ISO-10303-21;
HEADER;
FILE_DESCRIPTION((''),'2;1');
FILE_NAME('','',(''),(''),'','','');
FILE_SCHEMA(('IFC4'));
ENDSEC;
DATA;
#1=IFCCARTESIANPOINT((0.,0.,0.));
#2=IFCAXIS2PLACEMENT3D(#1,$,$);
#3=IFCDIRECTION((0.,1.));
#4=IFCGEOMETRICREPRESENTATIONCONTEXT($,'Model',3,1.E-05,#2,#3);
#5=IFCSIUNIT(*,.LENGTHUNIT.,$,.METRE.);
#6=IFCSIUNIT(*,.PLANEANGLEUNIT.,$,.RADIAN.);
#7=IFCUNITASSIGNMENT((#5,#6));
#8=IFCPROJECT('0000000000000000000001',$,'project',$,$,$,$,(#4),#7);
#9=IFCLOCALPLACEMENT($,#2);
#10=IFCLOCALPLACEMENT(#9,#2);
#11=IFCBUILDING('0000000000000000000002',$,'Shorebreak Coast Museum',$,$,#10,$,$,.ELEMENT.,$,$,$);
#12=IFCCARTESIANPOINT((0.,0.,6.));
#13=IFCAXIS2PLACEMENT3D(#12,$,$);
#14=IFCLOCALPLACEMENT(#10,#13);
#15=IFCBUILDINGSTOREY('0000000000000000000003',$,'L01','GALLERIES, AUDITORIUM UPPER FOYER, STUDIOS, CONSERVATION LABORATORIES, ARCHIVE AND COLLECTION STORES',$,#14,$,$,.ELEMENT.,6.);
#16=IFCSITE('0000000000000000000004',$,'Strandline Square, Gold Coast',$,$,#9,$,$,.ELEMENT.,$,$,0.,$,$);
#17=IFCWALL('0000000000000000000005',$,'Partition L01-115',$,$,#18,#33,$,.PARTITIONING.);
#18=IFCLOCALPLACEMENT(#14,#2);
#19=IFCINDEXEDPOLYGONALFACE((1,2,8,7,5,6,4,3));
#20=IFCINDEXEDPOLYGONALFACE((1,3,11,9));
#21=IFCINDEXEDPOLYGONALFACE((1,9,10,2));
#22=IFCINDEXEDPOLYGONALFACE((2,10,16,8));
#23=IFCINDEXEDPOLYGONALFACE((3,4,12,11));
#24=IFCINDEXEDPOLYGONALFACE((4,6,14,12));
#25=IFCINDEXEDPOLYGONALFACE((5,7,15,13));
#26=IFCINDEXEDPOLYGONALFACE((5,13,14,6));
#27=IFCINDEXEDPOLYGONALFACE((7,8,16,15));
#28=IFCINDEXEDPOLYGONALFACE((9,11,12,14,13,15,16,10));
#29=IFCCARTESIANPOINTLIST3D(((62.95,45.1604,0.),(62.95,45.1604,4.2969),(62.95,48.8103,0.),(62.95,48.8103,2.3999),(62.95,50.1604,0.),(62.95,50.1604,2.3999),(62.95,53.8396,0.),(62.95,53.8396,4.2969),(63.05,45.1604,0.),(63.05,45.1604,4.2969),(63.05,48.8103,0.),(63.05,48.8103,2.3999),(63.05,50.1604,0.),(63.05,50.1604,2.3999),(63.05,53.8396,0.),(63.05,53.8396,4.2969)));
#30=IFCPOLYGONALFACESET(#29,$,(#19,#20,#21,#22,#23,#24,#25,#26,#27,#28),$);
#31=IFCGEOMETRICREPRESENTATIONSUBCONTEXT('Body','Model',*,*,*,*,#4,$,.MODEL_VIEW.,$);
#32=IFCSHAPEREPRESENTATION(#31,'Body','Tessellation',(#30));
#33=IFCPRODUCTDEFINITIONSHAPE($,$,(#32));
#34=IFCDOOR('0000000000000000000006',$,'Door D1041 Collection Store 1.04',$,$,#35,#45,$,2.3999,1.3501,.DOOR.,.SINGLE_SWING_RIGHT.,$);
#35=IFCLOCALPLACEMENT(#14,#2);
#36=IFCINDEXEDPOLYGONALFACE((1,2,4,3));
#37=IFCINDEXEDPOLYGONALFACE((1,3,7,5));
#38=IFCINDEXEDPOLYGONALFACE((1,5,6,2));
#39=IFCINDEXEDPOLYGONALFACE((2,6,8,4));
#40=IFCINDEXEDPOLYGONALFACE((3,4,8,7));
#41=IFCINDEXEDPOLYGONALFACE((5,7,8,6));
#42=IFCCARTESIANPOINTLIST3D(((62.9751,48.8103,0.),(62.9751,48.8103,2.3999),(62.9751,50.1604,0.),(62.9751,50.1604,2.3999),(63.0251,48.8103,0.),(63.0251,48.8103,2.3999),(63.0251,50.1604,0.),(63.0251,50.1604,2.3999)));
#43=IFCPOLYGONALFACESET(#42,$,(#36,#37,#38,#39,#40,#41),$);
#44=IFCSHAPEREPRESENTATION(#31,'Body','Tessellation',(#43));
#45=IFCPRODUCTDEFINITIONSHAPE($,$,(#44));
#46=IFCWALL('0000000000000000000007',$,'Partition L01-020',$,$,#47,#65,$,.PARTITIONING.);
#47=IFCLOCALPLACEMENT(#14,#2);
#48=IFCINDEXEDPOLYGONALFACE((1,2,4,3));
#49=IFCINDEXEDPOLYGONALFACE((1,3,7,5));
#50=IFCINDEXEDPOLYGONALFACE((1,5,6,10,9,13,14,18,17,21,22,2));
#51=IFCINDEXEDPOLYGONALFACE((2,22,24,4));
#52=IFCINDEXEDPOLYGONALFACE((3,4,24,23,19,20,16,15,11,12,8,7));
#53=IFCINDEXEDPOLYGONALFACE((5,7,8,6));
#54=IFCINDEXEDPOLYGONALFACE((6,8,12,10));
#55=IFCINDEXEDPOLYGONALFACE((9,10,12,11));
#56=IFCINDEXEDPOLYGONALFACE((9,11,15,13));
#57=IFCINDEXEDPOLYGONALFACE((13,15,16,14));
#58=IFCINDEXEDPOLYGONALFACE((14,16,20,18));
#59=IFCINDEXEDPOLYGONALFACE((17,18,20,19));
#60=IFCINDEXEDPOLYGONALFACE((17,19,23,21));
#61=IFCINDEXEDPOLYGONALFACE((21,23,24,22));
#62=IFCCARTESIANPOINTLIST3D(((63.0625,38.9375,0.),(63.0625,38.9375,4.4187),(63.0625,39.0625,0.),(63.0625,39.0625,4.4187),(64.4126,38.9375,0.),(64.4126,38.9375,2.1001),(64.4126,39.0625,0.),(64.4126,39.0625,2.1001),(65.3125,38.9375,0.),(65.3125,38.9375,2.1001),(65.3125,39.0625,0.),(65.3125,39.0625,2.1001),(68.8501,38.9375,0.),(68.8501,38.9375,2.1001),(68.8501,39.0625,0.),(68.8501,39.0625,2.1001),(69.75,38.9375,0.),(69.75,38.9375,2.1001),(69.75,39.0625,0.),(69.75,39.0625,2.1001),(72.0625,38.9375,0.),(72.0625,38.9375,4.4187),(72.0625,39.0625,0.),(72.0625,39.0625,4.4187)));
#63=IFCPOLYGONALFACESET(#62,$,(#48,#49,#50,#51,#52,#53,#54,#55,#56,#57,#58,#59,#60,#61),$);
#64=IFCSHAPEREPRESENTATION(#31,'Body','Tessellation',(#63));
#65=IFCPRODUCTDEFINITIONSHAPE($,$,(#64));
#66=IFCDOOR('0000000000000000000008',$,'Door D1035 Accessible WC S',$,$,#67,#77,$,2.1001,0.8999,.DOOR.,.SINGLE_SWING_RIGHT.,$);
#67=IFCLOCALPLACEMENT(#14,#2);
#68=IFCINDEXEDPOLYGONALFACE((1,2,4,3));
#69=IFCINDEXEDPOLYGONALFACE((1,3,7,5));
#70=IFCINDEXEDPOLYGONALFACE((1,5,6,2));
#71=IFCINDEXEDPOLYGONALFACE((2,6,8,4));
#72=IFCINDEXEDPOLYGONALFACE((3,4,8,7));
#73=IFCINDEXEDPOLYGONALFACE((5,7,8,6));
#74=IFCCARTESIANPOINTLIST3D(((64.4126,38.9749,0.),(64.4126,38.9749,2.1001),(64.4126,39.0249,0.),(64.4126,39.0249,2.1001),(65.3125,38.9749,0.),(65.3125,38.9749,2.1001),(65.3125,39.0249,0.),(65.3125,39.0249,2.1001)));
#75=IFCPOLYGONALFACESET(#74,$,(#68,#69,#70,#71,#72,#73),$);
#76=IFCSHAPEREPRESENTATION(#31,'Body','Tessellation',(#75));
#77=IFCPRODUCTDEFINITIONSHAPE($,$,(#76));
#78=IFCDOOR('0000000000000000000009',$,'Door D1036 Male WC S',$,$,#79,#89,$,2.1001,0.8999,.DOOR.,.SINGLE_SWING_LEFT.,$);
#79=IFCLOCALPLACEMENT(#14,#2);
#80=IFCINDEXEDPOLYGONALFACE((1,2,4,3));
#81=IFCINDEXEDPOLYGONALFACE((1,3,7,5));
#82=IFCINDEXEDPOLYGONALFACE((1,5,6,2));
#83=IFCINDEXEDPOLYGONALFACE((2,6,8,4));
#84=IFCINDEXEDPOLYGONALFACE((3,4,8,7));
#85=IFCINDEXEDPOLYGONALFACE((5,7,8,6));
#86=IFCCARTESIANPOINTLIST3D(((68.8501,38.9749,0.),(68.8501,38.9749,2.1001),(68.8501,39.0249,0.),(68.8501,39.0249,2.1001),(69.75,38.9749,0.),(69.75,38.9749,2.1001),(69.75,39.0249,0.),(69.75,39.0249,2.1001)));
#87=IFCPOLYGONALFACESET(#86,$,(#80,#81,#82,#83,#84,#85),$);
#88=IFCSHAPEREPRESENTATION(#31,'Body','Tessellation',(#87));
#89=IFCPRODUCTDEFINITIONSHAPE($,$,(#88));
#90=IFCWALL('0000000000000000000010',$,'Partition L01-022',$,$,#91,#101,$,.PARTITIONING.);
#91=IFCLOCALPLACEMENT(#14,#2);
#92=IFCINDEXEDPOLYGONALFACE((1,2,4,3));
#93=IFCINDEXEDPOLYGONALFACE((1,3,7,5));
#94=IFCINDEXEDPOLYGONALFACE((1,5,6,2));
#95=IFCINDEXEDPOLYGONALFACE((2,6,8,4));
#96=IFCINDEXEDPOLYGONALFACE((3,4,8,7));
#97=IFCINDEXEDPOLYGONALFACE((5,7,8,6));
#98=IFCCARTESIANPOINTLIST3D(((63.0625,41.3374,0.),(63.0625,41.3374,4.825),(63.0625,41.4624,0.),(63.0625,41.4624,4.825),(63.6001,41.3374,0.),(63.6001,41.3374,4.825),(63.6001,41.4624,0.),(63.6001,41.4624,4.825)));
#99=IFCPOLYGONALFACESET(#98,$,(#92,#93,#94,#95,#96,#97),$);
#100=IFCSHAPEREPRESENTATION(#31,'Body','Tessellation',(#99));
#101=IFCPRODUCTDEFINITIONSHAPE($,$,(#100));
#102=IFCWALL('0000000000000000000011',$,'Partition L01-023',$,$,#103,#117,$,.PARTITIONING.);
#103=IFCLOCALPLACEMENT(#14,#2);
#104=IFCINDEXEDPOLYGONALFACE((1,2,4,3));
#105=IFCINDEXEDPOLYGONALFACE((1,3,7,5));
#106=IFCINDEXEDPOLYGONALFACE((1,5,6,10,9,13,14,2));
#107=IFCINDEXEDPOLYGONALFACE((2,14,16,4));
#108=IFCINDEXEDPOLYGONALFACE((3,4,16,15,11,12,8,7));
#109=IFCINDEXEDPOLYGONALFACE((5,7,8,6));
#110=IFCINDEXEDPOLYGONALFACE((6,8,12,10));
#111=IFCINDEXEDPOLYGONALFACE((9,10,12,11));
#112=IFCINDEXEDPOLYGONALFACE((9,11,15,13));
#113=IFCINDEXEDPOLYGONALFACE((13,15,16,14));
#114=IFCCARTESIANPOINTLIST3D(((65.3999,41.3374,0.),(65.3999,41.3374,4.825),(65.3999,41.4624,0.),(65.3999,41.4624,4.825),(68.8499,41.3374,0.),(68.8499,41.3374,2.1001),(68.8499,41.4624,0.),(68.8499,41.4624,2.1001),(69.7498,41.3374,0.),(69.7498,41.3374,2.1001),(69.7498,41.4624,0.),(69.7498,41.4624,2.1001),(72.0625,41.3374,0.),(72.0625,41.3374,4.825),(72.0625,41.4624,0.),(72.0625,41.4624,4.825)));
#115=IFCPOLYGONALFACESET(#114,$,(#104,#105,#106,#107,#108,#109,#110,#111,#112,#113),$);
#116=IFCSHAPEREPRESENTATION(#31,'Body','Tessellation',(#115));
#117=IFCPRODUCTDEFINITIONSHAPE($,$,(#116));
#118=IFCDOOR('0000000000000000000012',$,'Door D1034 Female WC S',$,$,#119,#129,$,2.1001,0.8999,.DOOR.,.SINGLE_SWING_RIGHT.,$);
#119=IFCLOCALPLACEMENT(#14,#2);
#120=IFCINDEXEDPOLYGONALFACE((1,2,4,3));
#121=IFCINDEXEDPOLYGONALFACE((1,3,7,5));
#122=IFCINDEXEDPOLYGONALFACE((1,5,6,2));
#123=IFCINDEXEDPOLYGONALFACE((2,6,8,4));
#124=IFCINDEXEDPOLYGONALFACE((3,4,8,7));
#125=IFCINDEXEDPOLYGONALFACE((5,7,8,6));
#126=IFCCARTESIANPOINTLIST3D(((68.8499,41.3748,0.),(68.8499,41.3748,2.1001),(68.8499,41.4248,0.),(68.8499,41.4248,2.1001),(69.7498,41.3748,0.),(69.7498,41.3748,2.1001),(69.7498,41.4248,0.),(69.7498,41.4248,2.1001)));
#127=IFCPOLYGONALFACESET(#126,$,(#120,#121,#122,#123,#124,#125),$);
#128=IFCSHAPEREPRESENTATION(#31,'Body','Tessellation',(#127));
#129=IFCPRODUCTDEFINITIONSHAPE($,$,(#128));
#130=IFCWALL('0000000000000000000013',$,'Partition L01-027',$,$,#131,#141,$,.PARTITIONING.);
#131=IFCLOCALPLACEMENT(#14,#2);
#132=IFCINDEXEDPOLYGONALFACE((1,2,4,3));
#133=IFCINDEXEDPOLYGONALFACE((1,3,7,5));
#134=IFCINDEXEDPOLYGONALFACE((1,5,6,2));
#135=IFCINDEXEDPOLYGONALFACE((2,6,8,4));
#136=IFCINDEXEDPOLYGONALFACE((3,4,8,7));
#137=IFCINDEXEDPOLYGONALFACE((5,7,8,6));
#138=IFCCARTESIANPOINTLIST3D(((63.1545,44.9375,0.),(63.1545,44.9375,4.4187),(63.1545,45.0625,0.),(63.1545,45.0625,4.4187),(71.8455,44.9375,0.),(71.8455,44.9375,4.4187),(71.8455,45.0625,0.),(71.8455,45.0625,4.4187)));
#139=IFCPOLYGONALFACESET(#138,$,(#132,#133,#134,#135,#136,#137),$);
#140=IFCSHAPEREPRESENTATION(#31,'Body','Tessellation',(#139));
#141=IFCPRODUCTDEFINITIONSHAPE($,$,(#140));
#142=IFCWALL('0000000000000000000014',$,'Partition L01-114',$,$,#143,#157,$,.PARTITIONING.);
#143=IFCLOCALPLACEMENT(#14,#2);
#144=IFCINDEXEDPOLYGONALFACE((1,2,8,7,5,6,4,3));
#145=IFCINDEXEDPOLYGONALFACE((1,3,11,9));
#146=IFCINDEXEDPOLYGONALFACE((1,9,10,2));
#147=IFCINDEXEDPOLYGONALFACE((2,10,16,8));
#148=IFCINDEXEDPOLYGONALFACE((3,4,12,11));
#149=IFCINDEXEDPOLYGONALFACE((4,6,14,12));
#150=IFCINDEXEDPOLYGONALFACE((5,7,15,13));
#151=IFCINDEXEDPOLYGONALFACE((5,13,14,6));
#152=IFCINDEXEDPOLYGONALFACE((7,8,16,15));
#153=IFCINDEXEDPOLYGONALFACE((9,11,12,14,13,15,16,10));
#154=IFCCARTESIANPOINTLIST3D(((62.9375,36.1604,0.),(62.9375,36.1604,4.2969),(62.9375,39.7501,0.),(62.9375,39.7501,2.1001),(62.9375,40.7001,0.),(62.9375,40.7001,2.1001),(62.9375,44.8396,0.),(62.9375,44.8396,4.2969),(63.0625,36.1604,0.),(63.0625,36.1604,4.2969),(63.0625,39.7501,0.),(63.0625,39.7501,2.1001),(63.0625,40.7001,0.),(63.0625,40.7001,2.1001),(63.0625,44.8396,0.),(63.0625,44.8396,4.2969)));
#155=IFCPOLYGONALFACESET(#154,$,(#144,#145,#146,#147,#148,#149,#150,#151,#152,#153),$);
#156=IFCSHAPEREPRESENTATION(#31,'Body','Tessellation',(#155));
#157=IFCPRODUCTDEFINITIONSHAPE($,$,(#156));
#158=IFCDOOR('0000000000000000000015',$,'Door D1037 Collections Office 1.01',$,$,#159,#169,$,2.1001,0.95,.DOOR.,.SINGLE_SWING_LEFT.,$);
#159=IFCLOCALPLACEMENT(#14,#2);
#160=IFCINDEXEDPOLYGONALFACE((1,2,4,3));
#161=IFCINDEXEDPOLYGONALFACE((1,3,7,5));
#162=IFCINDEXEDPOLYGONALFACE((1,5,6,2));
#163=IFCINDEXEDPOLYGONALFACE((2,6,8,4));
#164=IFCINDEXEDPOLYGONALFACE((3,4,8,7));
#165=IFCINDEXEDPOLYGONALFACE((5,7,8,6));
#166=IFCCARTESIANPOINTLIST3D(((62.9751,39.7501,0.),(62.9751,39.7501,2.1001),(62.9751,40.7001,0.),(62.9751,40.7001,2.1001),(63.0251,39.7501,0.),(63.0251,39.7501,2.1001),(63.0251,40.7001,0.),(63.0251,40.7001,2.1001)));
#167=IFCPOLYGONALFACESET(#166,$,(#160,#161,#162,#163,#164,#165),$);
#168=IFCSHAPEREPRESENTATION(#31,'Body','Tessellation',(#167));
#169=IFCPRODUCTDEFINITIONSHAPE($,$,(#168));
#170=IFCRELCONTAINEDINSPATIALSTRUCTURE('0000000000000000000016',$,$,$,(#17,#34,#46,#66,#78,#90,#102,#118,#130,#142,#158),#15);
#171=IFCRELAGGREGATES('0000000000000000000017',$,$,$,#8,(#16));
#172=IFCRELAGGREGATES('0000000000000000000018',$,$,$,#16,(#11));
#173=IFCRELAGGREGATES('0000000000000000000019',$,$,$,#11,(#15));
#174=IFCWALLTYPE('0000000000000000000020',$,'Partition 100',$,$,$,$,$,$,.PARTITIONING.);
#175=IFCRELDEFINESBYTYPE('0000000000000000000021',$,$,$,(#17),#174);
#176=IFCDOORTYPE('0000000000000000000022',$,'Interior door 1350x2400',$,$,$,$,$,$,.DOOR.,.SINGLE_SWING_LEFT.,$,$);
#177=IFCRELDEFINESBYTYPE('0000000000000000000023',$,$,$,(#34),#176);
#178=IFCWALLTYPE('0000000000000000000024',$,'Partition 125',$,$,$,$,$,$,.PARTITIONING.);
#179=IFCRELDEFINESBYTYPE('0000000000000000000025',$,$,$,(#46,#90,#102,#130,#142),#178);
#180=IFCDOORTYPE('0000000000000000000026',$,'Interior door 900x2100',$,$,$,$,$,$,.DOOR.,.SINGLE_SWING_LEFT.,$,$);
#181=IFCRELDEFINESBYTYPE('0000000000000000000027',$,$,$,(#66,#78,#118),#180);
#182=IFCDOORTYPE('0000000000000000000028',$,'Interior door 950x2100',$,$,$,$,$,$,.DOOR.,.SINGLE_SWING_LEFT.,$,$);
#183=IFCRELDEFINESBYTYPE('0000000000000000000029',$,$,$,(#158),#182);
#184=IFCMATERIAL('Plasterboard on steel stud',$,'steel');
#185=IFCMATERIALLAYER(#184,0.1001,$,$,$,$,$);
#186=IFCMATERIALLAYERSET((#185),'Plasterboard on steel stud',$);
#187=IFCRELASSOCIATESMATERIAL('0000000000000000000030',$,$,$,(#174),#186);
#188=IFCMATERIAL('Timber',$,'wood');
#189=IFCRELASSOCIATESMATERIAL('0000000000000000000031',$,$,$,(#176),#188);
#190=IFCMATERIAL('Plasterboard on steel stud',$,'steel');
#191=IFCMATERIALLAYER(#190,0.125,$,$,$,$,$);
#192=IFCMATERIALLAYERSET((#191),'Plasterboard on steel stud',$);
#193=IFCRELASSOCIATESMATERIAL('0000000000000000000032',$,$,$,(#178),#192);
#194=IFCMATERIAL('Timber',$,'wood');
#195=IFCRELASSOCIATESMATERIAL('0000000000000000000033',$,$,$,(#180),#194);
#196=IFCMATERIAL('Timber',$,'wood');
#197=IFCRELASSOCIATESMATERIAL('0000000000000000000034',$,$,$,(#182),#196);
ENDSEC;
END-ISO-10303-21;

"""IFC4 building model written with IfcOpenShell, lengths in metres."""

from ifc_helpers import new_model, si_unit, direction, frame, frame_2d, origin, place, context, subcontext, project, spatial, rectangle, extrude, material, layer, layer_set, type_object, element, fill, save


model = new_model("IFC4")

# Units and contexts
model_context = context("Model", 3, precision=1e-05, world=origin(), true_north=direction((0.0, 1.0)))
body_context = subcontext(model_context, "Body", "Model", "MODEL_VIEW")
ifc_project = project(units=[si_unit("LENGTHUNIT", "METRE"), si_unit("PLANEANGLEUNIT", "RADIAN")], contexts=[model_context])

# Site, building, storey
site_placement = place(None, origin())
site = spatial("IfcSite", under=ifc_project, at=site_placement, Name="Strandline Square, Gold Coast", CompositionType="ELEMENT", RefElevation=0.0)
building_placement = place(site_placement, origin())
building = spatial("IfcBuilding", under=site, at=building_placement, Name="Shorebreak Coast Museum", CompositionType="ELEMENT")
storey_placement = place(building_placement, frame((0.0, 0.0, 6.0)))
storey = spatial("IfcBuildingStorey", under=building, at=storey_placement, Name="L01", Description="GALLERIES, AUDITORIUM UPPER FOYER, STUDIOS, CONSERVATION LABORATORIES, ARCHIVE AND COLLECTION STORES", CompositionType="ELEMENT", Elevation=6.0)

# Wall, opening, door
ifc_material_1 = material(Name="Plasterboard on steel stud", Category="steel")
ifc_layer_1 = layer(ifc_material_1, 0.1001)
ifc_layer_set_1 = layer_set([ifc_layer_1], Name="Plasterboard on steel stud")
wall_type_1 = type_object("IfcWallType", Name="Partition 100", PredefinedType="PARTITIONING", material=ifc_layer_set_1)
wall_1_placement = place(storey_placement, frame((63.0, 45.1604, 0.0), z_axis=(0.0, 0.0, 1.0), x_axis=(0.0, 1.0, 0.0)))
wall_1 = element("IfcWall", 1, at=wall_1_placement, inside=storey, type_object=wall_type_1, Name="Partition L01-115", PredefinedType="PARTITIONING", context=body_context, shape_type="SweptSolid", body=[
    extrude(rectangle(XDim=8.6792, YDim=0.1001, at=frame_2d((4.3396, 0.0))), origin(), (0.0, 0.0, 1.0), 4.2969),
])
opening_1_placement = place(wall_1_placement, frame((3.6499, 0.0, 0.0)))
opening_1 = element("IfcOpeningElement", 2, at=opening_1_placement, cuts=wall_1, PredefinedType="OPENING", context=body_context, shape_type="SweptSolid", body=[
    extrude(rectangle(XDim=1.3501, YDim=2.3999, at=frame_2d((0.675, 1.2))), frame((0.0, 0.0601, 0.0), z_axis=(0.0, -1.0, 0.0), x_axis=(1.0, 0.0, 0.0)), (0.0, 0.0, 1.0), 0.1201),
])
ifc_material_2 = material(Name="Timber", Category="wood")
door_type_1 = type_object("IfcDoorType", Name="Interior door 1350x2400", OperationType="SINGLE_SWING_LEFT", PredefinedType="DOOR", material=ifc_material_2)
door_1_placement = place(opening_1_placement, origin())
door_1 = element("IfcDoor", 3, at=door_1_placement, inside=storey, type_object=door_type_1, Name="Door D1041 Collection Store 1.04", OperationType="SINGLE_SWING_RIGHT", OverallHeight=2.3999, OverallWidth=1.3501, PredefinedType="DOOR", context=body_context, shape_type="SweptSolid", body=[
    extrude(rectangle(XDim=1.3501, YDim=2.3999, at=frame_2d((0.675, 1.2))), frame((0.0, 0.0249, 0.0), z_axis=(0.0, -1.0, 0.0), x_axis=(1.0, 0.0, 0.0)), (0.0, 0.0, 1.0), 0.05),
])
fill(opening_1, door_1)

# Wall, openings, doors
ifc_material_3 = material(Name="Plasterboard on steel stud", Category="steel")
ifc_layer_2 = layer(ifc_material_3, 0.125)
ifc_layer_set_2 = layer_set([ifc_layer_2], Name="Plasterboard on steel stud")
wall_type_2 = type_object("IfcWallType", Name="Partition 125", PredefinedType="PARTITIONING", material=ifc_layer_set_2)
wall_2_placement = place(storey_placement, frame((63.0625, 39.0, 0.0), z_axis=(0.0, 0.0, 1.0), x_axis=(1.0, 0.0, 0.0)))
wall_2 = element("IfcWall", 4, at=wall_2_placement, inside=storey, type_object=wall_type_2, Name="Partition L01-020", PredefinedType="PARTITIONING", context=body_context, shape_type="SweptSolid", body=[
    extrude(rectangle(XDim=9.0, YDim=0.125, at=frame_2d((4.5, 0.0))), origin(), (0.0, 0.0, 1.0), 4.4187),
])
opening_2_placement = place(wall_2_placement, frame((1.3501, 0.0, 0.0)))
opening_2 = element("IfcOpeningElement", 5, at=opening_2_placement, cuts=wall_2, PredefinedType="OPENING", context=body_context, shape_type="SweptSolid", body=[
    extrude(rectangle(XDim=0.8999, YDim=2.1001, at=frame_2d((0.45, 1.05))), frame((0.0, 0.0725, 0.0), z_axis=(0.0, -1.0, 0.0), x_axis=(1.0, 0.0, 0.0)), (0.0, 0.0, 1.0), 0.145),
])
opening_3_placement = place(wall_2_placement, frame((5.7876, 0.0, 0.0)))
opening_3 = element("IfcOpeningElement", 6, at=opening_3_placement, cuts=wall_2, PredefinedType="OPENING", context=body_context, shape_type="SweptSolid", body=[
    extrude(rectangle(XDim=0.8999, YDim=2.1001, at=frame_2d((0.45, 1.05))), frame((0.0, 0.0725, 0.0), z_axis=(0.0, -1.0, 0.0), x_axis=(1.0, 0.0, 0.0)), (0.0, 0.0, 1.0), 0.145),
])
ifc_material_4 = material(Name="Timber", Category="wood")
door_type_2 = type_object("IfcDoorType", Name="Interior door 900x2100", OperationType="SINGLE_SWING_LEFT", PredefinedType="DOOR", material=ifc_material_4)
door_2_placement = place(opening_2_placement, origin())
door_2 = element("IfcDoor", 7, at=door_2_placement, inside=storey, type_object=door_type_2, Name="Door D1035 Accessible WC S", OperationType="SINGLE_SWING_RIGHT", OverallHeight=2.1001, OverallWidth=0.8999, PredefinedType="DOOR", context=body_context, shape_type="SweptSolid", body=[
    extrude(rectangle(XDim=0.8999, YDim=2.1001, at=frame_2d((0.45, 1.05))), frame((0.0, 0.0249, 0.0), z_axis=(0.0, -1.0, 0.0), x_axis=(1.0, 0.0, 0.0)), (0.0, 0.0, 1.0), 0.05),
])
fill(opening_2, door_2)
door_3_placement = place(opening_3_placement, origin())
door_3 = element("IfcDoor", 8, at=door_3_placement, inside=storey, type_object=door_type_2, Name="Door D1036 Male WC S", OperationType="SINGLE_SWING_LEFT", OverallHeight=2.1001, OverallWidth=0.8999, PredefinedType="DOOR", context=body_context, shape_type="SweptSolid", body=[
    extrude(rectangle(XDim=0.8999, YDim=2.1001, at=frame_2d((0.45, 1.05))), frame((0.0, 0.0249, 0.0), z_axis=(0.0, -1.0, 0.0), x_axis=(1.0, 0.0, 0.0)), (0.0, 0.0, 1.0), 0.05),
])
fill(opening_3, door_3)

# Wall
wall_3_placement = place(storey_placement, frame((63.0625, 41.3999, 0.0), z_axis=(0.0, 0.0, 1.0), x_axis=(1.0, 0.0, 0.0)))
element("IfcWall", 9, at=wall_3_placement, inside=storey, type_object=wall_type_2, Name="Partition L01-022", PredefinedType="PARTITIONING", context=body_context, shape_type="SweptSolid", body=[
    extrude(rectangle(XDim=0.5376, YDim=0.125, at=frame_2d((0.2688, 0.0))), origin(), (0.0, 0.0, 1.0), 4.825),
])

# Wall, opening, door
wall_4_placement = place(storey_placement, frame((65.3999, 41.3999, 0.0), z_axis=(0.0, 0.0, 1.0), x_axis=(1.0, 0.0, 0.0)))
wall_4 = element("IfcWall", 10, at=wall_4_placement, inside=storey, type_object=wall_type_2, Name="Partition L01-023", PredefinedType="PARTITIONING", context=body_context, shape_type="SweptSolid", body=[
    extrude(rectangle(XDim=6.6626, YDim=0.125, at=frame_2d((3.3313, 0.0))), origin(), (0.0, 0.0, 1.0), 4.825),
])
opening_4_placement = place(wall_4_placement, frame((3.45, 0.0, 0.0)))
opening_4 = element("IfcOpeningElement", 11, at=opening_4_placement, cuts=wall_4, PredefinedType="OPENING", context=body_context, shape_type="SweptSolid", body=[
    extrude(rectangle(XDim=0.8999, YDim=2.1001, at=frame_2d((0.45, 1.05))), frame((0.0, 0.0725, 0.0), z_axis=(0.0, -1.0, 0.0), x_axis=(1.0, 0.0, 0.0)), (0.0, 0.0, 1.0), 0.145),
])
door_4_placement = place(opening_4_placement, origin())
door_4 = element("IfcDoor", 12, at=door_4_placement, inside=storey, type_object=door_type_2, Name="Door D1034 Female WC S", OperationType="SINGLE_SWING_RIGHT", OverallHeight=2.1001, OverallWidth=0.8999, PredefinedType="DOOR", context=body_context, shape_type="SweptSolid", body=[
    extrude(rectangle(XDim=0.8999, YDim=2.1001, at=frame_2d((0.45, 1.05))), frame((0.0, 0.0249, 0.0), z_axis=(0.0, -1.0, 0.0), x_axis=(1.0, 0.0, 0.0)), (0.0, 0.0, 1.0), 0.05),
])
fill(opening_4, door_4)

# Wall
wall_5_placement = place(storey_placement, frame((63.1545, 45.0, 0.0), z_axis=(0.0, 0.0, 1.0), x_axis=(1.0, 0.0, 0.0)))
element("IfcWall", 13, at=wall_5_placement, inside=storey, type_object=wall_type_2, Name="Partition L01-027", PredefinedType="PARTITIONING", context=body_context, shape_type="SweptSolid", body=[
    extrude(rectangle(XDim=8.6909, YDim=0.125, at=frame_2d((4.3455, 0.0))), origin(), (0.0, 0.0, 1.0), 4.4187),
])

# Wall, opening, door
wall_6_placement = place(storey_placement, frame((63.0, 36.1604, 0.0), z_axis=(0.0, 0.0, 1.0), x_axis=(0.0, 1.0, 0.0)))
wall_6 = element("IfcWall", 14, at=wall_6_placement, inside=storey, type_object=wall_type_2, Name="Partition L01-114", PredefinedType="PARTITIONING", context=body_context, shape_type="SweptSolid", body=[
    extrude(rectangle(XDim=8.6792, YDim=0.125, at=frame_2d((4.3396, 0.0))), origin(), (0.0, 0.0, 1.0), 4.2969),
])
opening_5_placement = place(wall_6_placement, frame((3.5896, 0.0, 0.0)))
opening_5 = element("IfcOpeningElement", 15, at=opening_5_placement, cuts=wall_6, PredefinedType="OPENING", context=body_context, shape_type="SweptSolid", body=[
    extrude(rectangle(XDim=0.95, YDim=2.1001, at=frame_2d((0.4751, 1.05))), frame((0.0, 0.0725, 0.0), z_axis=(0.0, -1.0, 0.0), x_axis=(1.0, 0.0, 0.0)), (0.0, 0.0, 1.0), 0.145),
])
ifc_material_5 = material(Name="Timber", Category="wood")
door_type_3 = type_object("IfcDoorType", Name="Interior door 950x2100", OperationType="SINGLE_SWING_LEFT", PredefinedType="DOOR", material=ifc_material_5)
door_5_placement = place(opening_5_placement, origin())
door_5 = element("IfcDoor", 16, at=door_5_placement, inside=storey, type_object=door_type_3, Name="Door D1037 Collections Office 1.01", OperationType="SINGLE_SWING_LEFT", OverallHeight=2.1001, OverallWidth=0.95, PredefinedType="DOOR", context=body_context, shape_type="SweptSolid", body=[
    extrude(rectangle(XDim=0.95, YDim=2.1001, at=frame_2d((0.4751, 1.05))), frame((0.0, 0.0249, 0.0), z_axis=(0.0, -1.0, 0.0), x_axis=(1.0, 0.0, 0.0)), (0.0, 0.0, 1.0), 0.05),
])
fill(opening_5, door_5)

save(model, "model.ifc")
